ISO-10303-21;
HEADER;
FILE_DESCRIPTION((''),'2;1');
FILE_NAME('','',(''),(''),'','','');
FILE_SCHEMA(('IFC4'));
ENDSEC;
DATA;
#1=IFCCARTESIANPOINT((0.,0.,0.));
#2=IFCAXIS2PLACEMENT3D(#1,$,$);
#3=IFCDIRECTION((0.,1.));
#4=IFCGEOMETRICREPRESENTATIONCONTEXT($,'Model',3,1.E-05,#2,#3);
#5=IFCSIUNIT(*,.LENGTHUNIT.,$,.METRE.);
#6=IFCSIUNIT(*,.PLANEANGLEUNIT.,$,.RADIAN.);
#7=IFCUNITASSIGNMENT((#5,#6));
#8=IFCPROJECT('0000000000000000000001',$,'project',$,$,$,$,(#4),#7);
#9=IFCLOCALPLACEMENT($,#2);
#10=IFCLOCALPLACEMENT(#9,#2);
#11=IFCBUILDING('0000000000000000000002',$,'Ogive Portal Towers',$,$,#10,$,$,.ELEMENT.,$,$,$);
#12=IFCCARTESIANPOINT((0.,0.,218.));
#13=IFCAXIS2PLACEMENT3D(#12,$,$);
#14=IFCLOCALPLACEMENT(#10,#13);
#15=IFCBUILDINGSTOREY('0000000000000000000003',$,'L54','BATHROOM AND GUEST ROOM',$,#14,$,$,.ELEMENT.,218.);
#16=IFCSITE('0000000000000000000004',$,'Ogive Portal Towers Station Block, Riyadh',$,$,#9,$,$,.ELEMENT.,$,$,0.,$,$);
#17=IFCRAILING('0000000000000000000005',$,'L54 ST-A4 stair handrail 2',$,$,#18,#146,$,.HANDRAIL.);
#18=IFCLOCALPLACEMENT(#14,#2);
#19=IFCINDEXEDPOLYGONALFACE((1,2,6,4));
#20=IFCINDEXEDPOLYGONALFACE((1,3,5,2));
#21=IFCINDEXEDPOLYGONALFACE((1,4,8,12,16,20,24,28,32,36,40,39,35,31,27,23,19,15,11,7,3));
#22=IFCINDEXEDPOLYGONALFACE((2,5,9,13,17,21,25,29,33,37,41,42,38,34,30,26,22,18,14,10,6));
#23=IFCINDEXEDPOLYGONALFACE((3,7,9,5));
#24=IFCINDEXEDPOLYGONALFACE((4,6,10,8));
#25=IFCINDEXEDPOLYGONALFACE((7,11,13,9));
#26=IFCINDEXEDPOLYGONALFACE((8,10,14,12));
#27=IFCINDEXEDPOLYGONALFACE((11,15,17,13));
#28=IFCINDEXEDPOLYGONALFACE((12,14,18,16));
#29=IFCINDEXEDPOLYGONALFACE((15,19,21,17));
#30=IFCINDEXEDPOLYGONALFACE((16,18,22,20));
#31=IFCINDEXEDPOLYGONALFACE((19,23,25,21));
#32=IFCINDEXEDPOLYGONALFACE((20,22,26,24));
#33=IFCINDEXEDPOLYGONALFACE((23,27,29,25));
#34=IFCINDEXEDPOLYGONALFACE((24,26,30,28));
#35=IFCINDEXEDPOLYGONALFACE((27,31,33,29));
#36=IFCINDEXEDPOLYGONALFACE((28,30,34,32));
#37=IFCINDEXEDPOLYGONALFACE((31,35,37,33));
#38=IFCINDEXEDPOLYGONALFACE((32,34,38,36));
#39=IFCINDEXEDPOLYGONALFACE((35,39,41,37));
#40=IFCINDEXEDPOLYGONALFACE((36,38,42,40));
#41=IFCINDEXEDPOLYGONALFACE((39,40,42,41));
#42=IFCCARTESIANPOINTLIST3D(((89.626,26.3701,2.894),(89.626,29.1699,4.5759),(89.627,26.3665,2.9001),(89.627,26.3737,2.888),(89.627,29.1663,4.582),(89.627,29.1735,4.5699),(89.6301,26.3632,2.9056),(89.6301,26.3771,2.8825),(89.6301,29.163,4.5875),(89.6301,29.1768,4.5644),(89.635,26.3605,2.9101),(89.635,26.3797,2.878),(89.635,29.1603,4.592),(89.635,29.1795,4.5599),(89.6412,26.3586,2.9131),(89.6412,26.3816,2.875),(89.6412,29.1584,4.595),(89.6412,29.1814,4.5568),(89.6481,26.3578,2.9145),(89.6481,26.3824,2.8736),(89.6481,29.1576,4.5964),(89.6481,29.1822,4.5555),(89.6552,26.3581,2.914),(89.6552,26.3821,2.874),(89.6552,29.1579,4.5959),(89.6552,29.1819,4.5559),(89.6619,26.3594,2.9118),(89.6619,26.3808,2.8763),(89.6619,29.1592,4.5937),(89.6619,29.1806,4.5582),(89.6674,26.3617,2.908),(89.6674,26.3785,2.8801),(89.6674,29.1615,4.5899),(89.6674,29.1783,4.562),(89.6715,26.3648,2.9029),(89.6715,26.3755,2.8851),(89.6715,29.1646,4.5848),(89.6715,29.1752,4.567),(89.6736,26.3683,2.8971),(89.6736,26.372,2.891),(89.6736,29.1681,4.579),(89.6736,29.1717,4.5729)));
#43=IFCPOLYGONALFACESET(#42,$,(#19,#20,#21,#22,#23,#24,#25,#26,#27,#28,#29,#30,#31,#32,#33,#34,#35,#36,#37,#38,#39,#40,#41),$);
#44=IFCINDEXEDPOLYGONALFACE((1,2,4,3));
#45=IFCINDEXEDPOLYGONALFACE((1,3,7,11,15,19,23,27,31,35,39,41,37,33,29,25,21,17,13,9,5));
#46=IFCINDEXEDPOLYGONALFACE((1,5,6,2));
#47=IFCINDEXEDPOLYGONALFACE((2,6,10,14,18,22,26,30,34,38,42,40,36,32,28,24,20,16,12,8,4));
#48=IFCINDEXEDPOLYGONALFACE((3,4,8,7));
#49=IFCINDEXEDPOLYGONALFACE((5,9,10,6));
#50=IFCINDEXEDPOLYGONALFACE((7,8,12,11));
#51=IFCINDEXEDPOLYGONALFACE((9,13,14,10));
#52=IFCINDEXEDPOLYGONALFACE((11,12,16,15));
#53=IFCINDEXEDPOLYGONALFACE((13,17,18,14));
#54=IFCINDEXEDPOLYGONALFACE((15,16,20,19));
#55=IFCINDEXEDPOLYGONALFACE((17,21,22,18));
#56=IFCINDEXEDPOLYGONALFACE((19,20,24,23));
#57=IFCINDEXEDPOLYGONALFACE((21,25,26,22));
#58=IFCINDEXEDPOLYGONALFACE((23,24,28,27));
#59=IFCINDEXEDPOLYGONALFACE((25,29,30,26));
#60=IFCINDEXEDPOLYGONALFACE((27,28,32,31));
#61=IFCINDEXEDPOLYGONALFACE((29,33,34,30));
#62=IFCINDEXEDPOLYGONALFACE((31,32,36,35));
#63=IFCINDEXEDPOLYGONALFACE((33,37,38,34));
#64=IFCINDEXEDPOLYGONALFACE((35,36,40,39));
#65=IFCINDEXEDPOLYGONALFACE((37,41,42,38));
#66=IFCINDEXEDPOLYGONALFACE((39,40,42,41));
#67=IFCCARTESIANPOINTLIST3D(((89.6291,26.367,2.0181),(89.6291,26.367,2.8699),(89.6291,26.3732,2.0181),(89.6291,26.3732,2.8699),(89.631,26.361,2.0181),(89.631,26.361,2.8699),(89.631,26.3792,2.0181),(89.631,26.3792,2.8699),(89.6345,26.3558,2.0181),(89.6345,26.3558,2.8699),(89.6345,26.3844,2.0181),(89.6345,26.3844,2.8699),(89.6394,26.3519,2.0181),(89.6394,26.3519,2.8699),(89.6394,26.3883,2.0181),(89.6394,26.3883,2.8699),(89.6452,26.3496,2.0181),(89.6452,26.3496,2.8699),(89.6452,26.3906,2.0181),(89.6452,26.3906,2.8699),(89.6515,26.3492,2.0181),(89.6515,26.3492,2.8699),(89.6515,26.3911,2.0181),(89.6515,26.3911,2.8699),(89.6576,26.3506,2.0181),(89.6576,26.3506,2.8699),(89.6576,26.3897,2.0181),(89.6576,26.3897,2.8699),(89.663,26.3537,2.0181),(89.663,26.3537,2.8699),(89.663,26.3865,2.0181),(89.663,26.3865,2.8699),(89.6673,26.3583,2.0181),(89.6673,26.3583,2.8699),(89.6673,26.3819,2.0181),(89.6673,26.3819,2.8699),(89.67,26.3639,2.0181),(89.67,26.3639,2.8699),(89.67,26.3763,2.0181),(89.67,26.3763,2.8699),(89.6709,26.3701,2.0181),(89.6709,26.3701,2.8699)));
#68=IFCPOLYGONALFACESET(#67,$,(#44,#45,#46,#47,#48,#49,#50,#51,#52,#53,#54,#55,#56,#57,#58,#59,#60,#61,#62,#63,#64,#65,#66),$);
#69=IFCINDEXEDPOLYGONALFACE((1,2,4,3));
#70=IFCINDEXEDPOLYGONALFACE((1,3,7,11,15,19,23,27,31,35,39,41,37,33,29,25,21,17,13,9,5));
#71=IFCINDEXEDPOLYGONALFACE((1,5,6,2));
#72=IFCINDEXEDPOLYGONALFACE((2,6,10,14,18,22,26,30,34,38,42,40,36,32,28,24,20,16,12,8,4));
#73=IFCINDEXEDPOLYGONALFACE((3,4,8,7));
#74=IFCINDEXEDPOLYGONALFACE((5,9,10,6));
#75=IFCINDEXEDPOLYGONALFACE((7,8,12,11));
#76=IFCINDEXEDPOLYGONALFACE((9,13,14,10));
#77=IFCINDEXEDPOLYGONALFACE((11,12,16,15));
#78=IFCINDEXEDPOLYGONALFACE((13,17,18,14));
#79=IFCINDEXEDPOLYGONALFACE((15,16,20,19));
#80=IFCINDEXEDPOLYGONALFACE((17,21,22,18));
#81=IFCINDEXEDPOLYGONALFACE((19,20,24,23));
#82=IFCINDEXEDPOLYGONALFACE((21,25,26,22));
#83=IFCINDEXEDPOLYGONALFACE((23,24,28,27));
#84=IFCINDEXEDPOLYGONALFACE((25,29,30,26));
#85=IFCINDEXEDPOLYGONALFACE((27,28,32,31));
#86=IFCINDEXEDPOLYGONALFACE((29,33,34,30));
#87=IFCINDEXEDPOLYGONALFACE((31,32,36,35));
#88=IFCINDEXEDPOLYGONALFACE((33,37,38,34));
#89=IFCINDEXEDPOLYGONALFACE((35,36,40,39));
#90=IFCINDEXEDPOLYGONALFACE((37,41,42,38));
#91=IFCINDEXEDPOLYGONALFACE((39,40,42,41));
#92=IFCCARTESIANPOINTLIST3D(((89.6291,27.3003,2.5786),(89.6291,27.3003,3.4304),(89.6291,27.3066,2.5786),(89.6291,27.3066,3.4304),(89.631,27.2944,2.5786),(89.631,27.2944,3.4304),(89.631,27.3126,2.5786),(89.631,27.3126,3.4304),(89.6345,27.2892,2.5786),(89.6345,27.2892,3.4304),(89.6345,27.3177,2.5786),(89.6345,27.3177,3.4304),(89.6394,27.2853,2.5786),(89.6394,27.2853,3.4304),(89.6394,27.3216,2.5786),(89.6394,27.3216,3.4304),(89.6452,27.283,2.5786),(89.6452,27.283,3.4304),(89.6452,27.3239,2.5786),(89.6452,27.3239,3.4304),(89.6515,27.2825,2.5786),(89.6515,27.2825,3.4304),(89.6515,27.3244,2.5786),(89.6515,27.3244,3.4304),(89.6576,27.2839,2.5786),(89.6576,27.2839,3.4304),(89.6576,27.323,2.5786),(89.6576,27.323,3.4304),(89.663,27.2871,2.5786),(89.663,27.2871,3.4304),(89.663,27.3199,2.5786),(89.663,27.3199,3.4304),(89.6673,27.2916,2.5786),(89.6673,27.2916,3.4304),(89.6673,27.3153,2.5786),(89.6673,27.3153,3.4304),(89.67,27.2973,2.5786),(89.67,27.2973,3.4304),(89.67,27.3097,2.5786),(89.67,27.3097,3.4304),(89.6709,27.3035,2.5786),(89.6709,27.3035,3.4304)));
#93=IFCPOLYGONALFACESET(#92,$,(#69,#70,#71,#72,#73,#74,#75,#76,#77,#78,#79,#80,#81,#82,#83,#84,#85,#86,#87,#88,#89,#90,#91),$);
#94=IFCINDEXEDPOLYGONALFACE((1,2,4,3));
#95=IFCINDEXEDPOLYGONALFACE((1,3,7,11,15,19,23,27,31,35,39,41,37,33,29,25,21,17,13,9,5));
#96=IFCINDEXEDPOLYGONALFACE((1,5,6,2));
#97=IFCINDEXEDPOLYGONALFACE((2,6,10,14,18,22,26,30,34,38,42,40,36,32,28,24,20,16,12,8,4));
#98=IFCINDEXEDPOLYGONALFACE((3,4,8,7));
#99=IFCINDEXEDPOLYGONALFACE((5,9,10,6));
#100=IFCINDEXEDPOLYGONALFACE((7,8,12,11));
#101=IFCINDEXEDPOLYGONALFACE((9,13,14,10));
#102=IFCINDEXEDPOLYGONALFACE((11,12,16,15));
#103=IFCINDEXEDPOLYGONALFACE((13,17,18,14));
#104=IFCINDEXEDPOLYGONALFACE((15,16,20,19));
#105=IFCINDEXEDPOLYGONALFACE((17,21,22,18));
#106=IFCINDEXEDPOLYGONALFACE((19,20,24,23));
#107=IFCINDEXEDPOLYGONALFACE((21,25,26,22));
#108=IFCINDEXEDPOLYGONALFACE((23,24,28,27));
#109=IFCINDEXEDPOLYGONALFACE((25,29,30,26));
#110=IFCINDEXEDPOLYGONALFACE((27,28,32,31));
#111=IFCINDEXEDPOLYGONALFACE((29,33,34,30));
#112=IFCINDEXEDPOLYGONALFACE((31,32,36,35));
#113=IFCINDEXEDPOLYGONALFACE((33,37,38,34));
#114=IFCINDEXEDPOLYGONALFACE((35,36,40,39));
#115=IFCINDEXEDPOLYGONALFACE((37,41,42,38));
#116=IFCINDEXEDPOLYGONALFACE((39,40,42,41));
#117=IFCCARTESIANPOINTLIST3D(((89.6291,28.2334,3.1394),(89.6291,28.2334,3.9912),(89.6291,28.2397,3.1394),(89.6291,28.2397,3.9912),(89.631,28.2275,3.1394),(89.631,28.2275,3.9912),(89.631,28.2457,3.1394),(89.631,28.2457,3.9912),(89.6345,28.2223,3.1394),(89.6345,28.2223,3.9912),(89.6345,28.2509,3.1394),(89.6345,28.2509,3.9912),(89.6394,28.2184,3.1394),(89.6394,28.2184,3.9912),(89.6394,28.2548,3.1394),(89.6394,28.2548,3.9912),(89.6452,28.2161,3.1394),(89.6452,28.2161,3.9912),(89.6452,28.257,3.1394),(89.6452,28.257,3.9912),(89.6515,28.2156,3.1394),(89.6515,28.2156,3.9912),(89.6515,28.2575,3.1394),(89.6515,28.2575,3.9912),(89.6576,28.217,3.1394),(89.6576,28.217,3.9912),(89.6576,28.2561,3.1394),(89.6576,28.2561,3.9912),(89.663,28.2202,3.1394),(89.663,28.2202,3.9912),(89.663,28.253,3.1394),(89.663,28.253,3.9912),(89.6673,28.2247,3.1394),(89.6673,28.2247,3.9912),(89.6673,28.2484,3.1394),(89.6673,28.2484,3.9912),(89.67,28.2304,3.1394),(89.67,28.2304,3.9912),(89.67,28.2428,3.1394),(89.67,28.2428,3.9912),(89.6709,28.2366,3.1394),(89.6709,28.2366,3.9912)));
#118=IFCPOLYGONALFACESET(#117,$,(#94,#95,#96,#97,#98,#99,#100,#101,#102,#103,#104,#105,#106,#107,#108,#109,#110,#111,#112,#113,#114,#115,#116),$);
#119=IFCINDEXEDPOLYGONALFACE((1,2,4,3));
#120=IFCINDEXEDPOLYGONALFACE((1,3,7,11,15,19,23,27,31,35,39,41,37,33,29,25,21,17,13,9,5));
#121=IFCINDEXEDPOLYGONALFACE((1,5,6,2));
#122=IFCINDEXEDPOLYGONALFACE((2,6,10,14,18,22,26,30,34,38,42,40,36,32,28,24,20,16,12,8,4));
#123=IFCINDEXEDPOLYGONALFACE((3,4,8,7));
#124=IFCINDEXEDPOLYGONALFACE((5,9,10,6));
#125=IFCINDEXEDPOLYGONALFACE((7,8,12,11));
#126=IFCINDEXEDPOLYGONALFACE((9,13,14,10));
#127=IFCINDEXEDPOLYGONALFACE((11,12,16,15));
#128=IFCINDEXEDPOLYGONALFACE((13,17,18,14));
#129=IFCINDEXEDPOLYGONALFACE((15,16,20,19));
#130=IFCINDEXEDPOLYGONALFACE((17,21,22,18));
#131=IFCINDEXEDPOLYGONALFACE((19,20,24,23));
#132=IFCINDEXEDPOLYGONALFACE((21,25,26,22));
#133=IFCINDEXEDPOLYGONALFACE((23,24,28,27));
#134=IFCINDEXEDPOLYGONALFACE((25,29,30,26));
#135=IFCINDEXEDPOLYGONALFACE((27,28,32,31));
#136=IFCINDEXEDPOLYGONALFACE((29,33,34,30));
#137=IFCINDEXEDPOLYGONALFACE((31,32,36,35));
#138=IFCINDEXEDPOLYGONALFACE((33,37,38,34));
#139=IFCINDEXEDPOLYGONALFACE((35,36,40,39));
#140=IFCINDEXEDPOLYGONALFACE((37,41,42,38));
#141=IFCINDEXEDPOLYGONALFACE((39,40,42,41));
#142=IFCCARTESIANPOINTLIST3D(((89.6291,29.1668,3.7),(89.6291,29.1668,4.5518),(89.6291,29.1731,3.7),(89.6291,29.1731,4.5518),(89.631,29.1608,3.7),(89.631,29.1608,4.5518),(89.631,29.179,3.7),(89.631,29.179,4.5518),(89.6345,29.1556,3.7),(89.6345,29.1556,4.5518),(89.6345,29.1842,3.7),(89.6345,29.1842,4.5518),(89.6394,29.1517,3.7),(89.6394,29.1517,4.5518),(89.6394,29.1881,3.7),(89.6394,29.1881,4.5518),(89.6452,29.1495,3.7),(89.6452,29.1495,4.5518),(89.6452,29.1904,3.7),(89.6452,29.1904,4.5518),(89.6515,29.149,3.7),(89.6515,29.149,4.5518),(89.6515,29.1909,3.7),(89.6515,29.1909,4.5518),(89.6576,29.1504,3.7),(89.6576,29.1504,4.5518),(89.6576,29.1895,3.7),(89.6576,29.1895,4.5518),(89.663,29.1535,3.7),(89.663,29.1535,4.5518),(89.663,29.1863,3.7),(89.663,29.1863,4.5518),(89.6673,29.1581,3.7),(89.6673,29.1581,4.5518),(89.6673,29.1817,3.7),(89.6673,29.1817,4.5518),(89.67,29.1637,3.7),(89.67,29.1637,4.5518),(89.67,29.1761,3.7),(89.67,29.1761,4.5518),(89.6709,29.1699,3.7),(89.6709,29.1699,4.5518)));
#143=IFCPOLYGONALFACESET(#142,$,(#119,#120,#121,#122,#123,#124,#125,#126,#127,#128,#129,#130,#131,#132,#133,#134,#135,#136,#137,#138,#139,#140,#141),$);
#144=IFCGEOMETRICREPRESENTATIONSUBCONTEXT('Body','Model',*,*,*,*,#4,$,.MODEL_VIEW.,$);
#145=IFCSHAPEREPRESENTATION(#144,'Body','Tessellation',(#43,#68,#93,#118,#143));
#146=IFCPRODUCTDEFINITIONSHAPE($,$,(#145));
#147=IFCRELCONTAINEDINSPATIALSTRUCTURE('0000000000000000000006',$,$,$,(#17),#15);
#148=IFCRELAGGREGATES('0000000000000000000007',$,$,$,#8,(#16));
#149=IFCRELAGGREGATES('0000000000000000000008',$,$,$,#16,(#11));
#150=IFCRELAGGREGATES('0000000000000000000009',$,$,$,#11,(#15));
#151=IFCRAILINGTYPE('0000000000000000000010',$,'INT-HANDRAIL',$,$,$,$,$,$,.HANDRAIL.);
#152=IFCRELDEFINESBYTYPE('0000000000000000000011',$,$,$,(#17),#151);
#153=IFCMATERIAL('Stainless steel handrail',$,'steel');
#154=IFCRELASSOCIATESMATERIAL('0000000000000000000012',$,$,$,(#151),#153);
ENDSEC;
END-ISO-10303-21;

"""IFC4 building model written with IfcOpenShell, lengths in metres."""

from ifc_helpers import new_model, si_unit, direction, frame, origin, origin_2d, place, context, subcontext, project, spatial, circle, extrude, material, type_object, element, save


model = new_model("IFC4")

# Units and contexts
model_context = context("Model", 3, precision=1e-05, world=origin(), true_north=direction((0.0, 1.0)))
body_context = subcontext(model_context, "Body", "Model", "MODEL_VIEW")
ifc_project = project(units=[si_unit("LENGTHUNIT", "METRE"), si_unit("PLANEANGLEUNIT", "RADIAN")], contexts=[model_context])

# Site, building, storey
site_placement = place(None, origin())
site = spatial("IfcSite", under=ifc_project, at=site_placement, Name="Ogive Portal Towers Station Block, Riyadh", CompositionType="ELEMENT", RefElevation=0.0)
building_placement = place(site_placement, origin())
building = spatial("IfcBuilding", under=site, at=building_placement, Name="Ogive Portal Towers", CompositionType="ELEMENT")
storey_placement = place(building_placement, frame((0.0, 0.0, 218.0)))
storey = spatial("IfcBuildingStorey", under=building, at=storey_placement, Name="L54", Description="BATHROOM AND GUEST ROOM", CompositionType="ELEMENT", Elevation=218.0)

# Railing
ifc_material_1 = material(Name="Stainless steel handrail", Category="steel")
railing_type_1 = type_object("IfcRailingType", Name="INT-HANDRAIL", PredefinedType="HANDRAIL", material=ifc_material_1)
railing_1_placement = place(storey_placement, frame((89.6499, 26.3701, 2.0181)))
element("IfcRailing", 1, at=railing_1_placement, inside=storey, type_object=railing_type_1, Name="L54 ST-A4 stair handrail 2", PredefinedType="HANDRAIL", context=body_context, shape_type="SweptSolid", body=[
    extrude(circle(Radius=0.0239, at=origin_2d()), frame((0.0, 0.0, 0.876), z_axis=(0.0, 0.857222, 0.514946), x_axis=(-1.0, 0.0, 0.0)), (0.0, 0.0, 1.0), 3.2661),
    extrude(circle(Radius=0.021, at=origin_2d()), origin(), (0.0, 0.0, 1.0), 0.8518),
    extrude(circle(Radius=0.021, at=origin_2d()), frame((0.0, 0.9333, 0.5605)), (0.0, 0.0, 1.0), 0.8518),
    extrude(circle(Radius=0.021, at=origin_2d()), frame((0.0, 1.8665, 1.1213)), (0.0, 0.0, 1.0), 0.8518),
    extrude(circle(Radius=0.021, at=origin_2d()), frame((0.0, 2.7998, 1.6819)), (0.0, 0.0, 1.0), 0.8518),
])

save(model, "model.ifc")
